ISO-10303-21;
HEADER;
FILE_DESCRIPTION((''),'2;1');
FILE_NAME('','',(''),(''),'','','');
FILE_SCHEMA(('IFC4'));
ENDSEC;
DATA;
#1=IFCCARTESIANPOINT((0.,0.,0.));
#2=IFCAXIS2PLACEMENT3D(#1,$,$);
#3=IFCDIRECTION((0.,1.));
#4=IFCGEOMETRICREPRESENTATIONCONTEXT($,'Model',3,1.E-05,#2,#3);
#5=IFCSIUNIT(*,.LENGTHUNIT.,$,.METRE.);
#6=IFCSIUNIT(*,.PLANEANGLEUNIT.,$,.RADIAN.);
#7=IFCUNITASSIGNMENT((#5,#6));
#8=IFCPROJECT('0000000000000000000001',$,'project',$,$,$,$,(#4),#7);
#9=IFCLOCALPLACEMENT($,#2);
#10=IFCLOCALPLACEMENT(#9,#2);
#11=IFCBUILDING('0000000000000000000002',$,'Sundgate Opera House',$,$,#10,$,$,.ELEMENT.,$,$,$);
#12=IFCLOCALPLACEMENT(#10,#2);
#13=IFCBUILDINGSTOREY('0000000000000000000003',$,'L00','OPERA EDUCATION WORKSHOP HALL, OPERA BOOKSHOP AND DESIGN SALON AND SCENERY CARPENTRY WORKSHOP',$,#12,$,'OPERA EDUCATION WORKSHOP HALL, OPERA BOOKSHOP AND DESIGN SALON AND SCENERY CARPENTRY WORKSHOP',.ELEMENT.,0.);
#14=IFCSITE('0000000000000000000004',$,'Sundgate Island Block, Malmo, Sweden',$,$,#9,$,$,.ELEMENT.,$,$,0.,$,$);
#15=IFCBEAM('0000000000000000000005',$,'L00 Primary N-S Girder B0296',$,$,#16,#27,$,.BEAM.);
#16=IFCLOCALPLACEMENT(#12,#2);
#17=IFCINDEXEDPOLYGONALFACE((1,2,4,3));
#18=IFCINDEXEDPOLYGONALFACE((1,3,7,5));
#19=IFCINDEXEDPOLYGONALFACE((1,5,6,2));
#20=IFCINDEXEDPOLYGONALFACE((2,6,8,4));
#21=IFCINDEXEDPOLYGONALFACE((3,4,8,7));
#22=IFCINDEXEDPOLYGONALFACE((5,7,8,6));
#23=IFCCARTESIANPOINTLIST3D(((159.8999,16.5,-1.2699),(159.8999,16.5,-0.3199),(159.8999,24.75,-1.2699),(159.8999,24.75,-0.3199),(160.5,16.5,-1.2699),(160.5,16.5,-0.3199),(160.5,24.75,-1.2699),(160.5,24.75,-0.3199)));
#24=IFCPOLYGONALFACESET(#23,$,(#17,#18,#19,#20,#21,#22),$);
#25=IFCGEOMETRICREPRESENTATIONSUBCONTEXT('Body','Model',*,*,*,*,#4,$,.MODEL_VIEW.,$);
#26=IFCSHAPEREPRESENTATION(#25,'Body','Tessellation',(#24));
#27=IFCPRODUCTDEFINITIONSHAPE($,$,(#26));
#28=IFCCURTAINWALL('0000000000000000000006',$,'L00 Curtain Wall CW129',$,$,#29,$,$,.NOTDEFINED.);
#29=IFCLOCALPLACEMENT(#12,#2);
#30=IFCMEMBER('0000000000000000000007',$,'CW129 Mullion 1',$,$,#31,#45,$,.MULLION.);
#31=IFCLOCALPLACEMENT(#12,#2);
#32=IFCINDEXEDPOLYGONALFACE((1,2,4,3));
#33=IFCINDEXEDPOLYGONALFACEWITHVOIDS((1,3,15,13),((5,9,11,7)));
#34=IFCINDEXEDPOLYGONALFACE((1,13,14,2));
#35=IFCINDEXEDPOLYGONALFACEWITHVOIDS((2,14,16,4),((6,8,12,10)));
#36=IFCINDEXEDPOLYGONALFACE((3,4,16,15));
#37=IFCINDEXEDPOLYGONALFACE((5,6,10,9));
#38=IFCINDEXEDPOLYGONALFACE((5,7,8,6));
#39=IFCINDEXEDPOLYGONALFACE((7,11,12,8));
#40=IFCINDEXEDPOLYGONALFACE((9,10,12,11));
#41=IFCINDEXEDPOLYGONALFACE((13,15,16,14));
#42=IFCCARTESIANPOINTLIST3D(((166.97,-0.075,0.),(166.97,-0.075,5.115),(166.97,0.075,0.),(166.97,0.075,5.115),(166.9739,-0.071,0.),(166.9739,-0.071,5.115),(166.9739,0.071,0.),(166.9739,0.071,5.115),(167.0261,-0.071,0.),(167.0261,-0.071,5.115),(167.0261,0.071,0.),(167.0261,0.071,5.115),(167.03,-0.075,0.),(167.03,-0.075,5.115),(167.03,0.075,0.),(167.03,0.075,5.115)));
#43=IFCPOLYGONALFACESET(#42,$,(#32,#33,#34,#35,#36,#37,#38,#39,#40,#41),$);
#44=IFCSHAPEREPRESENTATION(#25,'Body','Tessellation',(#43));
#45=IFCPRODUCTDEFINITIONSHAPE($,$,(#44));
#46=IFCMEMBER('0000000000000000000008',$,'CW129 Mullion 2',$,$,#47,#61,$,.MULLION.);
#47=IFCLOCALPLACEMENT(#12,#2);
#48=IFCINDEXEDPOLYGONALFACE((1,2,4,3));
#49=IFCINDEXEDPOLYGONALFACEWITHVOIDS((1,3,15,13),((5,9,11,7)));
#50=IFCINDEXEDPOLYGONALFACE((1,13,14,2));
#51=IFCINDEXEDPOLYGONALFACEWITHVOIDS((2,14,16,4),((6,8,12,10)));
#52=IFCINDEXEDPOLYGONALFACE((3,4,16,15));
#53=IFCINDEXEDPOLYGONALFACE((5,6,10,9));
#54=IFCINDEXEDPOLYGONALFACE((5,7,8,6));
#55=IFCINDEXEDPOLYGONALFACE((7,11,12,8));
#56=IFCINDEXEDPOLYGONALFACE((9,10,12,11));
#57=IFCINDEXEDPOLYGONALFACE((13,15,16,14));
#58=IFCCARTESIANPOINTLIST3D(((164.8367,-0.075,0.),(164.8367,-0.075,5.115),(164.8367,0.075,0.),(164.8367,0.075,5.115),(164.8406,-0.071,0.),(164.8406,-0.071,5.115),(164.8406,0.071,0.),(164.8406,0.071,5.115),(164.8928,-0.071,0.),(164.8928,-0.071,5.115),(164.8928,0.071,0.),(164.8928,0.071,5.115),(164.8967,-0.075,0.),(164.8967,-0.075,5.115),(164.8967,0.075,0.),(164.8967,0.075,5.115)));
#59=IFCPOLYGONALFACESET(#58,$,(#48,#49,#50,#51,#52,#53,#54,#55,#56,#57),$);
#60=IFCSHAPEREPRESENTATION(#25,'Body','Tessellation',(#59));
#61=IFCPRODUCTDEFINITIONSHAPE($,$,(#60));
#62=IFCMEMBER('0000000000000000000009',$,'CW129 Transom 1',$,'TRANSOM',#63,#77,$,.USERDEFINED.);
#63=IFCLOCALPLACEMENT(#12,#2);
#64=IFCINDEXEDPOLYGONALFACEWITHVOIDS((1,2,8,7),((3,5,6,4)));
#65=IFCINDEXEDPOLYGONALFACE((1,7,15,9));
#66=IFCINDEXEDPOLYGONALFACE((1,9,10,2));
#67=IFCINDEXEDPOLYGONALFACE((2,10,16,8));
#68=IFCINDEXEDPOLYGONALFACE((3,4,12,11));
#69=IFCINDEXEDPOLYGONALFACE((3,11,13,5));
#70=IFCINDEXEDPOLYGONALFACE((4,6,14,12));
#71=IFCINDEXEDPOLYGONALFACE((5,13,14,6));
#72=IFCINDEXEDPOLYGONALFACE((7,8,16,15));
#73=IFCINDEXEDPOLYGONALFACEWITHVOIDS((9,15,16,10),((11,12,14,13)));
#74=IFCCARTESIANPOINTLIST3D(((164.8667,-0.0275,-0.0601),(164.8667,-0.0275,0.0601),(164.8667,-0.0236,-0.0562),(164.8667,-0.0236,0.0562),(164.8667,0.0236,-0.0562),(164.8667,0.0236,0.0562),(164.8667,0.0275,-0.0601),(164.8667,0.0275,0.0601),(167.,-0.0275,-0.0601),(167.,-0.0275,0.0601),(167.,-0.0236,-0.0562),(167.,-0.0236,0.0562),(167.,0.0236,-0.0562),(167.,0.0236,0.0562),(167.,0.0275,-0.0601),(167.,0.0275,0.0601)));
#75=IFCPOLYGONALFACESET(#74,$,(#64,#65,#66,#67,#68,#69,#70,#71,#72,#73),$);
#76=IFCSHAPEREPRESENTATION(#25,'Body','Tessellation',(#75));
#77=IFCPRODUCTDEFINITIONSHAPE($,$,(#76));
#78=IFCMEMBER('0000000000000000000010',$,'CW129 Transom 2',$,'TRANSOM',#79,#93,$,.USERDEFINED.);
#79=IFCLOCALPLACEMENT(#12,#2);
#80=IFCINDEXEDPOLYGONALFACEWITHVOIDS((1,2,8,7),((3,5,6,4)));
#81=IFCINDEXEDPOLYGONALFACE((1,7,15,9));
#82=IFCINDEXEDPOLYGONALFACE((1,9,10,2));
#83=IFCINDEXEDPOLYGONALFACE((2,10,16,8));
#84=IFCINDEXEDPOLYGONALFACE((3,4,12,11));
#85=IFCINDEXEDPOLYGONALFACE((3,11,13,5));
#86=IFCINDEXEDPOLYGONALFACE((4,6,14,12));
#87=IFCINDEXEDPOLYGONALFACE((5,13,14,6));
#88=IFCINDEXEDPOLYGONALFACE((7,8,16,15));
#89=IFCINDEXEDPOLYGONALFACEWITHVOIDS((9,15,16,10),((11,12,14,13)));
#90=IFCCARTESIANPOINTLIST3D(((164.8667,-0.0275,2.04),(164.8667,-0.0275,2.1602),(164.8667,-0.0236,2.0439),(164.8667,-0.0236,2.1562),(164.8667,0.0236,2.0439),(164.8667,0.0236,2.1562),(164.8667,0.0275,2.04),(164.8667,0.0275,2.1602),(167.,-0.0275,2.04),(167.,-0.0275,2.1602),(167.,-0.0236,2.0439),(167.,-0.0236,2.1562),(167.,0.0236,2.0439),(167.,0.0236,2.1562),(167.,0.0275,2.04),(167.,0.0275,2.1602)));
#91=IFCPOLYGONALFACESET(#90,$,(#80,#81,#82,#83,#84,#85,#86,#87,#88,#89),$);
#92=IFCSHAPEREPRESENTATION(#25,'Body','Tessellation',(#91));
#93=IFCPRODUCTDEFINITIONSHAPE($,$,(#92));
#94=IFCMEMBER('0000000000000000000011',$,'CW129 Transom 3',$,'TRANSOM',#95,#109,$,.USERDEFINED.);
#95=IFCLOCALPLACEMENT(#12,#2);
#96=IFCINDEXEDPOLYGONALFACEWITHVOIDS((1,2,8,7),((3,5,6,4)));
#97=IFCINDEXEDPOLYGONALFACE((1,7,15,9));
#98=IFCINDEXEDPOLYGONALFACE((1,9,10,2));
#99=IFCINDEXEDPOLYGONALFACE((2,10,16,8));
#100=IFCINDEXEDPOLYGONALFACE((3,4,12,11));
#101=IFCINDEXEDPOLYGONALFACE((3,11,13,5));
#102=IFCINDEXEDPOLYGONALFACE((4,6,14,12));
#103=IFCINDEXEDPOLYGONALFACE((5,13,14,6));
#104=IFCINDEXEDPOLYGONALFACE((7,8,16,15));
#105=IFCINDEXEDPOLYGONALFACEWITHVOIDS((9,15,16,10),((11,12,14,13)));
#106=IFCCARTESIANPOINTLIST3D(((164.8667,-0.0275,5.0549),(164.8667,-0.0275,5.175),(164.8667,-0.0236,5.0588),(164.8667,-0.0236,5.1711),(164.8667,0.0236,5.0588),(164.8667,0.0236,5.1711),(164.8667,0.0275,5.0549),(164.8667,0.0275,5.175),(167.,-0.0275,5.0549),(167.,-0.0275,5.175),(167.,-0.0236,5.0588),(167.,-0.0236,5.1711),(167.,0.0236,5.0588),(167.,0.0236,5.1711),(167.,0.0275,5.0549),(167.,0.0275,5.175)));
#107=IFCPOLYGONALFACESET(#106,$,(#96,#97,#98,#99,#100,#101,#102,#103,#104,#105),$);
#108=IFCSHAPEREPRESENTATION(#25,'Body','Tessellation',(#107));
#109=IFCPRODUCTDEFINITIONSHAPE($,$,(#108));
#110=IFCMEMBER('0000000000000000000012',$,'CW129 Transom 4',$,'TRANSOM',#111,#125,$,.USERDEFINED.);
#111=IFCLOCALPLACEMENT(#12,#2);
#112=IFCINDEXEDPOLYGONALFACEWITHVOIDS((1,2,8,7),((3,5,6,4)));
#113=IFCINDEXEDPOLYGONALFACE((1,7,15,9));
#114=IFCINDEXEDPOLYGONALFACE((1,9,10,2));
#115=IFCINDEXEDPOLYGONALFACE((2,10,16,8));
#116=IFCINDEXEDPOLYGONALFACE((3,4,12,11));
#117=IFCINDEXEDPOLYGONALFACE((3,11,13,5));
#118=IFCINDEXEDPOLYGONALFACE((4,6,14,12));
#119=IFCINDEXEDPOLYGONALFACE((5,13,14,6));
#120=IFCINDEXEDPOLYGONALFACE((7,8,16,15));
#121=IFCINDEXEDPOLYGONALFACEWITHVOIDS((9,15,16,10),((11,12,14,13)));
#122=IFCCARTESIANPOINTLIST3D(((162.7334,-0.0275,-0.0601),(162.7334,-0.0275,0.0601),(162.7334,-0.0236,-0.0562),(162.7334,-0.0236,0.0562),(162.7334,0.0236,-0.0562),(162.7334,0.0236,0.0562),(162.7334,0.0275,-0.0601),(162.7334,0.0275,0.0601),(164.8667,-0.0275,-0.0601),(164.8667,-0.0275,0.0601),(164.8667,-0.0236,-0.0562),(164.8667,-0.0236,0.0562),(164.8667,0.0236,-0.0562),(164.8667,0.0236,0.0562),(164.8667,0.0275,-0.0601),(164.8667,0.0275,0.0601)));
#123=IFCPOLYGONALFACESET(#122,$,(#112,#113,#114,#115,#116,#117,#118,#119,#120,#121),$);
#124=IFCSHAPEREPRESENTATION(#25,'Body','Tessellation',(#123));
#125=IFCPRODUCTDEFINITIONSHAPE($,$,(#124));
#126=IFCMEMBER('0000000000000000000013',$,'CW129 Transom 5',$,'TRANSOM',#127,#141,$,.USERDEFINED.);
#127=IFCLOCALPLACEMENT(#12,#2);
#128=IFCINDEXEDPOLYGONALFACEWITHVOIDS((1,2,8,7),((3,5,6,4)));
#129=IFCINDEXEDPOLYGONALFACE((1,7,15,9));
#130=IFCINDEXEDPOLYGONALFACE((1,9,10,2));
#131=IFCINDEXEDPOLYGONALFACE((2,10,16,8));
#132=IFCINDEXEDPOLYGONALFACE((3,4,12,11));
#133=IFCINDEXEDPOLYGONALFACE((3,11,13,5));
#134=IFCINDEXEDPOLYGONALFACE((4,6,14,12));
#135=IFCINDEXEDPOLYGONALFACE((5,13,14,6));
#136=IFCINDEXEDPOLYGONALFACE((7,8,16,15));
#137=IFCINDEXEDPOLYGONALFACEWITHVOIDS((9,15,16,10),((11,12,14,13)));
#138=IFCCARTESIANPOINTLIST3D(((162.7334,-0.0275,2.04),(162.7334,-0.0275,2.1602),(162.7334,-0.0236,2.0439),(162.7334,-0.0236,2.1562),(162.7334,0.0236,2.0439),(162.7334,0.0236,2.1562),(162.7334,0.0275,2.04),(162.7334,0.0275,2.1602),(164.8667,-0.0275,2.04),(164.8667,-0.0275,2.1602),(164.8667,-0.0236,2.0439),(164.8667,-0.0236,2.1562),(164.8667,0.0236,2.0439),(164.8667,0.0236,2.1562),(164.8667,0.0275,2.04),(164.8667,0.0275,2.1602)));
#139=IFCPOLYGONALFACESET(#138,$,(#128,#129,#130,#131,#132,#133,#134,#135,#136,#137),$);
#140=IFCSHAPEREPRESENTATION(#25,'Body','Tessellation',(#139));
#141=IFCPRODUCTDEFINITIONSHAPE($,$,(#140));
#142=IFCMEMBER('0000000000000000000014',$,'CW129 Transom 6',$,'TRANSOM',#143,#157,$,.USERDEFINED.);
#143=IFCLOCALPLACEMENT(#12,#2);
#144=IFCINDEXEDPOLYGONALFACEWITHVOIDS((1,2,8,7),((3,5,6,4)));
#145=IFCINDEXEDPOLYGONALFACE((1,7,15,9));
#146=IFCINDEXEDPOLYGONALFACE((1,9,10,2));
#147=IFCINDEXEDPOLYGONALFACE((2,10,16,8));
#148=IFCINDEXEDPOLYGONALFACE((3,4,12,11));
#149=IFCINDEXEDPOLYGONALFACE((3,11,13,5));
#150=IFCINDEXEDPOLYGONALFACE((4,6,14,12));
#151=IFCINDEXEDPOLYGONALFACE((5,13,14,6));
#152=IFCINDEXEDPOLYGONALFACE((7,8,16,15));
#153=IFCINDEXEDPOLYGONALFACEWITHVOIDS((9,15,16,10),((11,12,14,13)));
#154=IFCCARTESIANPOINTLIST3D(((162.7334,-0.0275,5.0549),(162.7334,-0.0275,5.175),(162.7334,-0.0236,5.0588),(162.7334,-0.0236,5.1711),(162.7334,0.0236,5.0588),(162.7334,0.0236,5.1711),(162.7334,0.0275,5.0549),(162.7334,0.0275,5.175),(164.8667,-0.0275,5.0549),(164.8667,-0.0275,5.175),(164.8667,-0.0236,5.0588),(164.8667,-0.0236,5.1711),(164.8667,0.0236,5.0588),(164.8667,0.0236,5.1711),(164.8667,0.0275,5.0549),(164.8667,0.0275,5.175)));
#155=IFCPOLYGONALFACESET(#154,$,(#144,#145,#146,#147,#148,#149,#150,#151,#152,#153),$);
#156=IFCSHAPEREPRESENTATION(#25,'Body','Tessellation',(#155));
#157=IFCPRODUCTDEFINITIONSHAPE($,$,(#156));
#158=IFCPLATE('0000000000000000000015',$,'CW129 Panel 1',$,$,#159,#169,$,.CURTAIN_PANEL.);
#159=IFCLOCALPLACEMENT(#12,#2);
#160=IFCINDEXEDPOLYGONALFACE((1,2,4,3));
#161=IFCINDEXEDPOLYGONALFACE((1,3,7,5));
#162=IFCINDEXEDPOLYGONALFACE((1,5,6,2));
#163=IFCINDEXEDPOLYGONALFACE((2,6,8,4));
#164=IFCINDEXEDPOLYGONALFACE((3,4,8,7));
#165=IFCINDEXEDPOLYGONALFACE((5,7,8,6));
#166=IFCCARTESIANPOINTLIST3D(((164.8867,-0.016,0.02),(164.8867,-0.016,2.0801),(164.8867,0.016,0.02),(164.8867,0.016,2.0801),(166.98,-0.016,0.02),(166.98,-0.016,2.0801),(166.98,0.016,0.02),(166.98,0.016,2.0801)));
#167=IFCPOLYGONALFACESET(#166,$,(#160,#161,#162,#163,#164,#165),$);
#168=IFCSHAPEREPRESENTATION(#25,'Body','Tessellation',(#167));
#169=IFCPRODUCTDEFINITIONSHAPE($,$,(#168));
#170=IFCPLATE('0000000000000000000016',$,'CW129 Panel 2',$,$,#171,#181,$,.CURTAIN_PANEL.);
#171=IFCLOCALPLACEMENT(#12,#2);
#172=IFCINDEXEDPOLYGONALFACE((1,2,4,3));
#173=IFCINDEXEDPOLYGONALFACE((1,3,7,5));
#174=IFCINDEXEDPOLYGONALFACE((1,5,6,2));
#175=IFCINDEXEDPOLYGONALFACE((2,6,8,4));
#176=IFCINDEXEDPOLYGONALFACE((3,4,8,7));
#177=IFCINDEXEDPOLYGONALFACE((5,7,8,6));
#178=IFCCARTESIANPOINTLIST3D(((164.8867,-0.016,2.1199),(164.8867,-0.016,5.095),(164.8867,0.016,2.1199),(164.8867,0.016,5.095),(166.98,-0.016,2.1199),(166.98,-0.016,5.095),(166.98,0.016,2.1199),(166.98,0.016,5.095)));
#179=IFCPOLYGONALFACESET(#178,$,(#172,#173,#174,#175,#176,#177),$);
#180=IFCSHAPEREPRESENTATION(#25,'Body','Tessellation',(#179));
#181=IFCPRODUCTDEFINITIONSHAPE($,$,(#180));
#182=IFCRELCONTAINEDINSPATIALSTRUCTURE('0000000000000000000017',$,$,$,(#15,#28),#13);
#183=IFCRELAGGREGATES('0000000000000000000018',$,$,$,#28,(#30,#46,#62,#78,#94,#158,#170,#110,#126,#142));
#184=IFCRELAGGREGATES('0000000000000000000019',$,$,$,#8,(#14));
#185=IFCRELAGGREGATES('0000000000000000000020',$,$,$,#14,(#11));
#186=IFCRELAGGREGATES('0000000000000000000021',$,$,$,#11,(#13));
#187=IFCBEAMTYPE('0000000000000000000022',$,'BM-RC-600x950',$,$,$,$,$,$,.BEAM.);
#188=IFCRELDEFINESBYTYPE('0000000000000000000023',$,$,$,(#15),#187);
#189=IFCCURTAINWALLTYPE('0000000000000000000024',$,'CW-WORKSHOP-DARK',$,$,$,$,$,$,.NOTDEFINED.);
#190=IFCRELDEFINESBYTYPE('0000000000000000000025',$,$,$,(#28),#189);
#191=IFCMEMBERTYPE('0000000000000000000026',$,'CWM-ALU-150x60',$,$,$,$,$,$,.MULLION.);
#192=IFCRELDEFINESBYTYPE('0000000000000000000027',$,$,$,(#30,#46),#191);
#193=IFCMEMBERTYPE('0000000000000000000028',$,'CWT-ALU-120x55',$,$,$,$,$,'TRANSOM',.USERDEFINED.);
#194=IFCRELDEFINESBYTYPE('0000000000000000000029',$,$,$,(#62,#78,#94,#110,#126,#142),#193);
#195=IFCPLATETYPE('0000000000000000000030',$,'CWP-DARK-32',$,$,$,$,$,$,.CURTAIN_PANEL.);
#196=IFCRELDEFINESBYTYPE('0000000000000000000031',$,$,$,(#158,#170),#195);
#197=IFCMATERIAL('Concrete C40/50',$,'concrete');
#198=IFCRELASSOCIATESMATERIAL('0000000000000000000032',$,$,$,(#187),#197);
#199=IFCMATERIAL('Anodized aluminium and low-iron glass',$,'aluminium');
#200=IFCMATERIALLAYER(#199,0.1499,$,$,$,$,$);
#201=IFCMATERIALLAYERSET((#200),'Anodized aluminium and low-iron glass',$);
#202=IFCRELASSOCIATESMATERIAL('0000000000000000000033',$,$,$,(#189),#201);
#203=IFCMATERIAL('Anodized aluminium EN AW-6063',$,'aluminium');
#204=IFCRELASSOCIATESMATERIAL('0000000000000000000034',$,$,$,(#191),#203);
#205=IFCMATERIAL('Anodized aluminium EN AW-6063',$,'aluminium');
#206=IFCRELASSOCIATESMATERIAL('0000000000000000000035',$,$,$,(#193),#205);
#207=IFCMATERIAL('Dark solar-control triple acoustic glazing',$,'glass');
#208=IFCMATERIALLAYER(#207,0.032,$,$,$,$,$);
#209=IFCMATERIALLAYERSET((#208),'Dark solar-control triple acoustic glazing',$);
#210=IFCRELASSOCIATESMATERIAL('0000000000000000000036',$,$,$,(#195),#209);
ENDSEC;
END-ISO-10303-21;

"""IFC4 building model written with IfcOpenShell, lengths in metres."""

from ifc_helpers import new_model, si_unit, direction, frame, origin, origin_2d, place, context, subcontext, project, spatial, rectangle, hollow_rectangle, extrude, material, layer, layer_set, material_profile, profile_set, type_object, element, aggregate, save


model = new_model("IFC4")

# Units and contexts
model_context = context("Model", 3, precision=1e-05, world=origin(), true_north=direction((0.0, 1.0)))
body_context = subcontext(model_context, "Body", "Model", "MODEL_VIEW")
ifc_project = project(units=[si_unit("LENGTHUNIT", "METRE"), si_unit("PLANEANGLEUNIT", "RADIAN")], contexts=[model_context])

# Site, building, storey
site_placement = place(None, origin())
site = spatial("IfcSite", under=ifc_project, at=site_placement, Name="Sundgate Island Block, Malmo, Sweden", CompositionType="ELEMENT", RefElevation=0.0)
building_placement = place(site_placement, origin())
building = spatial("IfcBuilding", under=site, at=building_placement, Name="Sundgate Opera House", CompositionType="ELEMENT")
storey_placement = place(building_placement, origin())
storey = spatial("IfcBuildingStorey", under=building, at=storey_placement, Name="L00", Description="OPERA EDUCATION WORKSHOP HALL, OPERA BOOKSHOP AND DESIGN SALON AND SCENERY CARPENTRY WORKSHOP", LongName="OPERA EDUCATION WORKSHOP HALL, OPERA BOOKSHOP AND DESIGN SALON AND SCENERY CARPENTRY WORKSHOP", CompositionType="ELEMENT", Elevation=0.0)

# Beam
ifc_material_1 = material(Name="Concrete C40/50", Category="concrete")
ifc_material_profile_1 = material_profile(ifc_material_1, rectangle(XDim=0.6001, YDim=0.95, at=origin_2d()), Name="RC 600x950")
ifc_profile_set_1 = profile_set([ifc_material_profile_1], Name="Concrete C40/50")
beam_type_1 = type_object("IfcBeamType", Name="BM-RC-600x950", PredefinedType="BEAM", material=ifc_profile_set_1)
beam_1_placement = place(storey_placement, frame((160.2, 16.5, -0.7949), z_axis=(0.0, 1.0, 0.0), x_axis=(-1.0, 0.0, 0.0)))
element("IfcBeam", 1, at=beam_1_placement, inside=storey, type_object=beam_type_1, Name="L00 Primary N-S Girder B0296", PredefinedType="BEAM", context=body_context, shape_type="SweptSolid", body=[
    extrude(rectangle(XDim=0.6001, YDim=0.95, at=origin_2d()), origin(), (0.0, 0.0, 1.0), 8.25),
])

# Curtain wall, members, plates
ifc_material_2 = material(Name="Anodized aluminium and low-iron glass", Category="aluminium")
ifc_layer_1 = layer(ifc_material_2, 0.1499)
ifc_layer_set_1 = layer_set([ifc_layer_1], Name="Anodized aluminium and low-iron glass")
curtain_wall_type = type_object("IfcCurtainWallType", Name="CW-WORKSHOP-DARK", PredefinedType="NOTDEFINED", material=ifc_layer_set_1)
curtain_wall_placement = place(storey_placement, origin())
curtain_wall = element("IfcCurtainWall", 2, at=curtain_wall_placement, inside=storey, type_object=curtain_wall_type, Name="L00 Curtain Wall CW129", PredefinedType="NOTDEFINED")
ifc_material_3 = material(Name="Anodized aluminium EN AW-6063", Category="aluminium")
ifc_material_profile_2 = material_profile(ifc_material_3, hollow_rectangle(XDim=0.0601, YDim=0.1499, WallThickness=0.0039, at=origin_2d()), Name="CWM 150x60x4")
ifc_profile_set_2 = profile_set([ifc_material_profile_2], Name="Anodized aluminium EN AW-6063")
member_type_1 = type_object("IfcMemberType", Name="CWM-ALU-150x60", PredefinedType="MULLION", material=ifc_profile_set_2)
member_1_placement = place(storey_placement, frame((167.0, 0.0, 0.0), z_axis=(0.0, 0.0, 1.0), x_axis=(1.0, 0.0, 0.0)))
member_1 = element("IfcMember", 3, at=member_1_placement, type_object=member_type_1, Name="CW129 Mullion 1", PredefinedType="MULLION", context=body_context, shape_type="SweptSolid", body=[
    extrude(hollow_rectangle(XDim=0.0601, YDim=0.1499, WallThickness=0.0039, at=origin_2d()), origin(), (0.0, 0.0, 1.0), 5.115),
])
member_2_placement = place(storey_placement, frame((164.8667, 0.0, 0.0), z_axis=(0.0, 0.0, 1.0), x_axis=(1.0, 0.0, 0.0)))
member_2 = element("IfcMember", 4, at=member_2_placement, type_object=member_type_1, Name="CW129 Mullion 2", PredefinedType="MULLION", context=body_context, shape_type="SweptSolid", body=[
    extrude(hollow_rectangle(XDim=0.0601, YDim=0.1499, WallThickness=0.0039, at=origin_2d()), origin(), (0.0, 0.0, 1.0), 5.115),
])
ifc_material_4 = material(Name="Anodized aluminium EN AW-6063", Category="aluminium")
ifc_material_profile_3 = material_profile(ifc_material_4, hollow_rectangle(XDim=0.0549, YDim=0.1201, WallThickness=0.0039, at=origin_2d()), Name="CWT 120x55x4")
ifc_profile_set_3 = profile_set([ifc_material_profile_3], Name="Anodized aluminium EN AW-6063")
member_type_2 = type_object("IfcMemberType", Name="CWT-ALU-120x55", ElementType="TRANSOM", PredefinedType="USERDEFINED", material=ifc_profile_set_3)
member_3_placement = place(storey_placement, frame((167.0, 0.0, 0.0), z_axis=(-1.0, 0.0, 0.0), x_axis=(0.0, -1.0, 0.0)))
member_3 = element("IfcMember", 5, at=member_3_placement, type_object=member_type_2, Name="CW129 Transom 1", ObjectType="TRANSOM", PredefinedType="USERDEFINED", context=body_context, shape_type="SweptSolid", body=[
    extrude(hollow_rectangle(XDim=0.0549, YDim=0.1201, WallThickness=0.0039, at=origin_2d()), origin(), (0.0, 0.0, 1.0), 2.1333),
])
member_4_placement = place(storey_placement, frame((167.0, 0.0, 2.1001), z_axis=(-1.0, 0.0, 0.0), x_axis=(0.0, -1.0, 0.0)))
member_4 = element("IfcMember", 6, at=member_4_placement, type_object=member_type_2, Name="CW129 Transom 2", ObjectType="TRANSOM", PredefinedType="USERDEFINED", context=body_context, shape_type="SweptSolid", body=[
    extrude(hollow_rectangle(XDim=0.0549, YDim=0.1201, WallThickness=0.0039, at=origin_2d()), origin(), (0.0, 0.0, 1.0), 2.1333),
])
member_5_placement = place(storey_placement, frame((167.0, 0.0, 5.115), z_axis=(-1.0, 0.0, 0.0), x_axis=(0.0, -1.0, 0.0)))
member_5 = element("IfcMember", 7, at=member_5_placement, type_object=member_type_2, Name="CW129 Transom 3", ObjectType="TRANSOM", PredefinedType="USERDEFINED", context=body_context, shape_type="SweptSolid", body=[
    extrude(hollow_rectangle(XDim=0.0549, YDim=0.1201, WallThickness=0.0039, at=origin_2d()), origin(), (0.0, 0.0, 1.0), 2.1333),
])
member_6_placement = place(storey_placement, frame((164.8667, 0.0, 0.0), z_axis=(-1.0, 0.0, 0.0), x_axis=(0.0, -1.0, 0.0)))
member_6 = element("IfcMember", 8, at=member_6_placement, type_object=member_type_2, Name="CW129 Transom 4", ObjectType="TRANSOM", PredefinedType="USERDEFINED", context=body_context, shape_type="SweptSolid", body=[
    extrude(hollow_rectangle(XDim=0.0549, YDim=0.1201, WallThickness=0.0039, at=origin_2d()), origin(), (0.0, 0.0, 1.0), 2.1333),
])
member_7_placement = place(storey_placement, frame((164.8667, 0.0, 2.1001), z_axis=(-1.0, 0.0, 0.0), x_axis=(0.0, -1.0, 0.0)))
member_7 = element("IfcMember", 9, at=member_7_placement, type_object=member_type_2, Name="CW129 Transom 5", ObjectType="TRANSOM", PredefinedType="USERDEFINED", context=body_context, shape_type="SweptSolid", body=[
    extrude(hollow_rectangle(XDim=0.0549, YDim=0.1201, WallThickness=0.0039, at=origin_2d()), origin(), (0.0, 0.0, 1.0), 2.1333),
])
member_8_placement = place(storey_placement, frame((164.8667, 0.0, 5.115), z_axis=(-1.0, 0.0, 0.0), x_axis=(0.0, -1.0, 0.0)))
member_8 = element("IfcMember", 10, at=member_8_placement, type_object=member_type_2, Name="CW129 Transom 6", ObjectType="TRANSOM", PredefinedType="USERDEFINED", context=body_context, shape_type="SweptSolid", body=[
    extrude(hollow_rectangle(XDim=0.0549, YDim=0.1201, WallThickness=0.0039, at=origin_2d()), origin(), (0.0, 0.0, 1.0), 2.1333),
])
ifc_material_5 = material(Name="Dark solar-control triple acoustic glazing", Category="glass")
ifc_layer_2 = layer(ifc_material_5, 0.032)
ifc_layer_set_2 = layer_set([ifc_layer_2], Name="Dark solar-control triple acoustic glazing")
plate_type_1 = type_object("IfcPlateType", Name="CWP-DARK-32", PredefinedType="CURTAIN_PANEL", material=ifc_layer_set_2)
plate_1_placement = place(storey_placement, frame((165.9333, 0.0, 0.02), z_axis=(0.0, 0.0, 1.0), x_axis=(-1.0, 0.0, 0.0)))
plate_1 = element("IfcPlate", 11, at=plate_1_placement, type_object=plate_type_1, Name="CW129 Panel 1", PredefinedType="CURTAIN_PANEL", context=body_context, shape_type="SweptSolid", body=[
    extrude(rectangle(XDim=2.0933, YDim=0.032, at=origin_2d()), origin(), (0.0, 0.0, 1.0), 2.0601),
])
plate_2_placement = place(storey_placement, frame((165.9333, 0.0, 2.1199), z_axis=(0.0, 0.0, 1.0), x_axis=(-1.0, 0.0, 0.0)))
plate_2 = element("IfcPlate", 12, at=plate_2_placement, type_object=plate_type_1, Name="CW129 Panel 2", PredefinedType="CURTAIN_PANEL", context=body_context, shape_type="SweptSolid", body=[
    extrude(rectangle(XDim=2.0933, YDim=0.032, at=origin_2d()), origin(), (0.0, 0.0, 1.0), 2.9751),
])
aggregate(curtain_wall, [member_1, member_2, member_3, member_4, member_5, plate_1, plate_2, member_6, member_7, member_8])

save(model, "model.ifc")
